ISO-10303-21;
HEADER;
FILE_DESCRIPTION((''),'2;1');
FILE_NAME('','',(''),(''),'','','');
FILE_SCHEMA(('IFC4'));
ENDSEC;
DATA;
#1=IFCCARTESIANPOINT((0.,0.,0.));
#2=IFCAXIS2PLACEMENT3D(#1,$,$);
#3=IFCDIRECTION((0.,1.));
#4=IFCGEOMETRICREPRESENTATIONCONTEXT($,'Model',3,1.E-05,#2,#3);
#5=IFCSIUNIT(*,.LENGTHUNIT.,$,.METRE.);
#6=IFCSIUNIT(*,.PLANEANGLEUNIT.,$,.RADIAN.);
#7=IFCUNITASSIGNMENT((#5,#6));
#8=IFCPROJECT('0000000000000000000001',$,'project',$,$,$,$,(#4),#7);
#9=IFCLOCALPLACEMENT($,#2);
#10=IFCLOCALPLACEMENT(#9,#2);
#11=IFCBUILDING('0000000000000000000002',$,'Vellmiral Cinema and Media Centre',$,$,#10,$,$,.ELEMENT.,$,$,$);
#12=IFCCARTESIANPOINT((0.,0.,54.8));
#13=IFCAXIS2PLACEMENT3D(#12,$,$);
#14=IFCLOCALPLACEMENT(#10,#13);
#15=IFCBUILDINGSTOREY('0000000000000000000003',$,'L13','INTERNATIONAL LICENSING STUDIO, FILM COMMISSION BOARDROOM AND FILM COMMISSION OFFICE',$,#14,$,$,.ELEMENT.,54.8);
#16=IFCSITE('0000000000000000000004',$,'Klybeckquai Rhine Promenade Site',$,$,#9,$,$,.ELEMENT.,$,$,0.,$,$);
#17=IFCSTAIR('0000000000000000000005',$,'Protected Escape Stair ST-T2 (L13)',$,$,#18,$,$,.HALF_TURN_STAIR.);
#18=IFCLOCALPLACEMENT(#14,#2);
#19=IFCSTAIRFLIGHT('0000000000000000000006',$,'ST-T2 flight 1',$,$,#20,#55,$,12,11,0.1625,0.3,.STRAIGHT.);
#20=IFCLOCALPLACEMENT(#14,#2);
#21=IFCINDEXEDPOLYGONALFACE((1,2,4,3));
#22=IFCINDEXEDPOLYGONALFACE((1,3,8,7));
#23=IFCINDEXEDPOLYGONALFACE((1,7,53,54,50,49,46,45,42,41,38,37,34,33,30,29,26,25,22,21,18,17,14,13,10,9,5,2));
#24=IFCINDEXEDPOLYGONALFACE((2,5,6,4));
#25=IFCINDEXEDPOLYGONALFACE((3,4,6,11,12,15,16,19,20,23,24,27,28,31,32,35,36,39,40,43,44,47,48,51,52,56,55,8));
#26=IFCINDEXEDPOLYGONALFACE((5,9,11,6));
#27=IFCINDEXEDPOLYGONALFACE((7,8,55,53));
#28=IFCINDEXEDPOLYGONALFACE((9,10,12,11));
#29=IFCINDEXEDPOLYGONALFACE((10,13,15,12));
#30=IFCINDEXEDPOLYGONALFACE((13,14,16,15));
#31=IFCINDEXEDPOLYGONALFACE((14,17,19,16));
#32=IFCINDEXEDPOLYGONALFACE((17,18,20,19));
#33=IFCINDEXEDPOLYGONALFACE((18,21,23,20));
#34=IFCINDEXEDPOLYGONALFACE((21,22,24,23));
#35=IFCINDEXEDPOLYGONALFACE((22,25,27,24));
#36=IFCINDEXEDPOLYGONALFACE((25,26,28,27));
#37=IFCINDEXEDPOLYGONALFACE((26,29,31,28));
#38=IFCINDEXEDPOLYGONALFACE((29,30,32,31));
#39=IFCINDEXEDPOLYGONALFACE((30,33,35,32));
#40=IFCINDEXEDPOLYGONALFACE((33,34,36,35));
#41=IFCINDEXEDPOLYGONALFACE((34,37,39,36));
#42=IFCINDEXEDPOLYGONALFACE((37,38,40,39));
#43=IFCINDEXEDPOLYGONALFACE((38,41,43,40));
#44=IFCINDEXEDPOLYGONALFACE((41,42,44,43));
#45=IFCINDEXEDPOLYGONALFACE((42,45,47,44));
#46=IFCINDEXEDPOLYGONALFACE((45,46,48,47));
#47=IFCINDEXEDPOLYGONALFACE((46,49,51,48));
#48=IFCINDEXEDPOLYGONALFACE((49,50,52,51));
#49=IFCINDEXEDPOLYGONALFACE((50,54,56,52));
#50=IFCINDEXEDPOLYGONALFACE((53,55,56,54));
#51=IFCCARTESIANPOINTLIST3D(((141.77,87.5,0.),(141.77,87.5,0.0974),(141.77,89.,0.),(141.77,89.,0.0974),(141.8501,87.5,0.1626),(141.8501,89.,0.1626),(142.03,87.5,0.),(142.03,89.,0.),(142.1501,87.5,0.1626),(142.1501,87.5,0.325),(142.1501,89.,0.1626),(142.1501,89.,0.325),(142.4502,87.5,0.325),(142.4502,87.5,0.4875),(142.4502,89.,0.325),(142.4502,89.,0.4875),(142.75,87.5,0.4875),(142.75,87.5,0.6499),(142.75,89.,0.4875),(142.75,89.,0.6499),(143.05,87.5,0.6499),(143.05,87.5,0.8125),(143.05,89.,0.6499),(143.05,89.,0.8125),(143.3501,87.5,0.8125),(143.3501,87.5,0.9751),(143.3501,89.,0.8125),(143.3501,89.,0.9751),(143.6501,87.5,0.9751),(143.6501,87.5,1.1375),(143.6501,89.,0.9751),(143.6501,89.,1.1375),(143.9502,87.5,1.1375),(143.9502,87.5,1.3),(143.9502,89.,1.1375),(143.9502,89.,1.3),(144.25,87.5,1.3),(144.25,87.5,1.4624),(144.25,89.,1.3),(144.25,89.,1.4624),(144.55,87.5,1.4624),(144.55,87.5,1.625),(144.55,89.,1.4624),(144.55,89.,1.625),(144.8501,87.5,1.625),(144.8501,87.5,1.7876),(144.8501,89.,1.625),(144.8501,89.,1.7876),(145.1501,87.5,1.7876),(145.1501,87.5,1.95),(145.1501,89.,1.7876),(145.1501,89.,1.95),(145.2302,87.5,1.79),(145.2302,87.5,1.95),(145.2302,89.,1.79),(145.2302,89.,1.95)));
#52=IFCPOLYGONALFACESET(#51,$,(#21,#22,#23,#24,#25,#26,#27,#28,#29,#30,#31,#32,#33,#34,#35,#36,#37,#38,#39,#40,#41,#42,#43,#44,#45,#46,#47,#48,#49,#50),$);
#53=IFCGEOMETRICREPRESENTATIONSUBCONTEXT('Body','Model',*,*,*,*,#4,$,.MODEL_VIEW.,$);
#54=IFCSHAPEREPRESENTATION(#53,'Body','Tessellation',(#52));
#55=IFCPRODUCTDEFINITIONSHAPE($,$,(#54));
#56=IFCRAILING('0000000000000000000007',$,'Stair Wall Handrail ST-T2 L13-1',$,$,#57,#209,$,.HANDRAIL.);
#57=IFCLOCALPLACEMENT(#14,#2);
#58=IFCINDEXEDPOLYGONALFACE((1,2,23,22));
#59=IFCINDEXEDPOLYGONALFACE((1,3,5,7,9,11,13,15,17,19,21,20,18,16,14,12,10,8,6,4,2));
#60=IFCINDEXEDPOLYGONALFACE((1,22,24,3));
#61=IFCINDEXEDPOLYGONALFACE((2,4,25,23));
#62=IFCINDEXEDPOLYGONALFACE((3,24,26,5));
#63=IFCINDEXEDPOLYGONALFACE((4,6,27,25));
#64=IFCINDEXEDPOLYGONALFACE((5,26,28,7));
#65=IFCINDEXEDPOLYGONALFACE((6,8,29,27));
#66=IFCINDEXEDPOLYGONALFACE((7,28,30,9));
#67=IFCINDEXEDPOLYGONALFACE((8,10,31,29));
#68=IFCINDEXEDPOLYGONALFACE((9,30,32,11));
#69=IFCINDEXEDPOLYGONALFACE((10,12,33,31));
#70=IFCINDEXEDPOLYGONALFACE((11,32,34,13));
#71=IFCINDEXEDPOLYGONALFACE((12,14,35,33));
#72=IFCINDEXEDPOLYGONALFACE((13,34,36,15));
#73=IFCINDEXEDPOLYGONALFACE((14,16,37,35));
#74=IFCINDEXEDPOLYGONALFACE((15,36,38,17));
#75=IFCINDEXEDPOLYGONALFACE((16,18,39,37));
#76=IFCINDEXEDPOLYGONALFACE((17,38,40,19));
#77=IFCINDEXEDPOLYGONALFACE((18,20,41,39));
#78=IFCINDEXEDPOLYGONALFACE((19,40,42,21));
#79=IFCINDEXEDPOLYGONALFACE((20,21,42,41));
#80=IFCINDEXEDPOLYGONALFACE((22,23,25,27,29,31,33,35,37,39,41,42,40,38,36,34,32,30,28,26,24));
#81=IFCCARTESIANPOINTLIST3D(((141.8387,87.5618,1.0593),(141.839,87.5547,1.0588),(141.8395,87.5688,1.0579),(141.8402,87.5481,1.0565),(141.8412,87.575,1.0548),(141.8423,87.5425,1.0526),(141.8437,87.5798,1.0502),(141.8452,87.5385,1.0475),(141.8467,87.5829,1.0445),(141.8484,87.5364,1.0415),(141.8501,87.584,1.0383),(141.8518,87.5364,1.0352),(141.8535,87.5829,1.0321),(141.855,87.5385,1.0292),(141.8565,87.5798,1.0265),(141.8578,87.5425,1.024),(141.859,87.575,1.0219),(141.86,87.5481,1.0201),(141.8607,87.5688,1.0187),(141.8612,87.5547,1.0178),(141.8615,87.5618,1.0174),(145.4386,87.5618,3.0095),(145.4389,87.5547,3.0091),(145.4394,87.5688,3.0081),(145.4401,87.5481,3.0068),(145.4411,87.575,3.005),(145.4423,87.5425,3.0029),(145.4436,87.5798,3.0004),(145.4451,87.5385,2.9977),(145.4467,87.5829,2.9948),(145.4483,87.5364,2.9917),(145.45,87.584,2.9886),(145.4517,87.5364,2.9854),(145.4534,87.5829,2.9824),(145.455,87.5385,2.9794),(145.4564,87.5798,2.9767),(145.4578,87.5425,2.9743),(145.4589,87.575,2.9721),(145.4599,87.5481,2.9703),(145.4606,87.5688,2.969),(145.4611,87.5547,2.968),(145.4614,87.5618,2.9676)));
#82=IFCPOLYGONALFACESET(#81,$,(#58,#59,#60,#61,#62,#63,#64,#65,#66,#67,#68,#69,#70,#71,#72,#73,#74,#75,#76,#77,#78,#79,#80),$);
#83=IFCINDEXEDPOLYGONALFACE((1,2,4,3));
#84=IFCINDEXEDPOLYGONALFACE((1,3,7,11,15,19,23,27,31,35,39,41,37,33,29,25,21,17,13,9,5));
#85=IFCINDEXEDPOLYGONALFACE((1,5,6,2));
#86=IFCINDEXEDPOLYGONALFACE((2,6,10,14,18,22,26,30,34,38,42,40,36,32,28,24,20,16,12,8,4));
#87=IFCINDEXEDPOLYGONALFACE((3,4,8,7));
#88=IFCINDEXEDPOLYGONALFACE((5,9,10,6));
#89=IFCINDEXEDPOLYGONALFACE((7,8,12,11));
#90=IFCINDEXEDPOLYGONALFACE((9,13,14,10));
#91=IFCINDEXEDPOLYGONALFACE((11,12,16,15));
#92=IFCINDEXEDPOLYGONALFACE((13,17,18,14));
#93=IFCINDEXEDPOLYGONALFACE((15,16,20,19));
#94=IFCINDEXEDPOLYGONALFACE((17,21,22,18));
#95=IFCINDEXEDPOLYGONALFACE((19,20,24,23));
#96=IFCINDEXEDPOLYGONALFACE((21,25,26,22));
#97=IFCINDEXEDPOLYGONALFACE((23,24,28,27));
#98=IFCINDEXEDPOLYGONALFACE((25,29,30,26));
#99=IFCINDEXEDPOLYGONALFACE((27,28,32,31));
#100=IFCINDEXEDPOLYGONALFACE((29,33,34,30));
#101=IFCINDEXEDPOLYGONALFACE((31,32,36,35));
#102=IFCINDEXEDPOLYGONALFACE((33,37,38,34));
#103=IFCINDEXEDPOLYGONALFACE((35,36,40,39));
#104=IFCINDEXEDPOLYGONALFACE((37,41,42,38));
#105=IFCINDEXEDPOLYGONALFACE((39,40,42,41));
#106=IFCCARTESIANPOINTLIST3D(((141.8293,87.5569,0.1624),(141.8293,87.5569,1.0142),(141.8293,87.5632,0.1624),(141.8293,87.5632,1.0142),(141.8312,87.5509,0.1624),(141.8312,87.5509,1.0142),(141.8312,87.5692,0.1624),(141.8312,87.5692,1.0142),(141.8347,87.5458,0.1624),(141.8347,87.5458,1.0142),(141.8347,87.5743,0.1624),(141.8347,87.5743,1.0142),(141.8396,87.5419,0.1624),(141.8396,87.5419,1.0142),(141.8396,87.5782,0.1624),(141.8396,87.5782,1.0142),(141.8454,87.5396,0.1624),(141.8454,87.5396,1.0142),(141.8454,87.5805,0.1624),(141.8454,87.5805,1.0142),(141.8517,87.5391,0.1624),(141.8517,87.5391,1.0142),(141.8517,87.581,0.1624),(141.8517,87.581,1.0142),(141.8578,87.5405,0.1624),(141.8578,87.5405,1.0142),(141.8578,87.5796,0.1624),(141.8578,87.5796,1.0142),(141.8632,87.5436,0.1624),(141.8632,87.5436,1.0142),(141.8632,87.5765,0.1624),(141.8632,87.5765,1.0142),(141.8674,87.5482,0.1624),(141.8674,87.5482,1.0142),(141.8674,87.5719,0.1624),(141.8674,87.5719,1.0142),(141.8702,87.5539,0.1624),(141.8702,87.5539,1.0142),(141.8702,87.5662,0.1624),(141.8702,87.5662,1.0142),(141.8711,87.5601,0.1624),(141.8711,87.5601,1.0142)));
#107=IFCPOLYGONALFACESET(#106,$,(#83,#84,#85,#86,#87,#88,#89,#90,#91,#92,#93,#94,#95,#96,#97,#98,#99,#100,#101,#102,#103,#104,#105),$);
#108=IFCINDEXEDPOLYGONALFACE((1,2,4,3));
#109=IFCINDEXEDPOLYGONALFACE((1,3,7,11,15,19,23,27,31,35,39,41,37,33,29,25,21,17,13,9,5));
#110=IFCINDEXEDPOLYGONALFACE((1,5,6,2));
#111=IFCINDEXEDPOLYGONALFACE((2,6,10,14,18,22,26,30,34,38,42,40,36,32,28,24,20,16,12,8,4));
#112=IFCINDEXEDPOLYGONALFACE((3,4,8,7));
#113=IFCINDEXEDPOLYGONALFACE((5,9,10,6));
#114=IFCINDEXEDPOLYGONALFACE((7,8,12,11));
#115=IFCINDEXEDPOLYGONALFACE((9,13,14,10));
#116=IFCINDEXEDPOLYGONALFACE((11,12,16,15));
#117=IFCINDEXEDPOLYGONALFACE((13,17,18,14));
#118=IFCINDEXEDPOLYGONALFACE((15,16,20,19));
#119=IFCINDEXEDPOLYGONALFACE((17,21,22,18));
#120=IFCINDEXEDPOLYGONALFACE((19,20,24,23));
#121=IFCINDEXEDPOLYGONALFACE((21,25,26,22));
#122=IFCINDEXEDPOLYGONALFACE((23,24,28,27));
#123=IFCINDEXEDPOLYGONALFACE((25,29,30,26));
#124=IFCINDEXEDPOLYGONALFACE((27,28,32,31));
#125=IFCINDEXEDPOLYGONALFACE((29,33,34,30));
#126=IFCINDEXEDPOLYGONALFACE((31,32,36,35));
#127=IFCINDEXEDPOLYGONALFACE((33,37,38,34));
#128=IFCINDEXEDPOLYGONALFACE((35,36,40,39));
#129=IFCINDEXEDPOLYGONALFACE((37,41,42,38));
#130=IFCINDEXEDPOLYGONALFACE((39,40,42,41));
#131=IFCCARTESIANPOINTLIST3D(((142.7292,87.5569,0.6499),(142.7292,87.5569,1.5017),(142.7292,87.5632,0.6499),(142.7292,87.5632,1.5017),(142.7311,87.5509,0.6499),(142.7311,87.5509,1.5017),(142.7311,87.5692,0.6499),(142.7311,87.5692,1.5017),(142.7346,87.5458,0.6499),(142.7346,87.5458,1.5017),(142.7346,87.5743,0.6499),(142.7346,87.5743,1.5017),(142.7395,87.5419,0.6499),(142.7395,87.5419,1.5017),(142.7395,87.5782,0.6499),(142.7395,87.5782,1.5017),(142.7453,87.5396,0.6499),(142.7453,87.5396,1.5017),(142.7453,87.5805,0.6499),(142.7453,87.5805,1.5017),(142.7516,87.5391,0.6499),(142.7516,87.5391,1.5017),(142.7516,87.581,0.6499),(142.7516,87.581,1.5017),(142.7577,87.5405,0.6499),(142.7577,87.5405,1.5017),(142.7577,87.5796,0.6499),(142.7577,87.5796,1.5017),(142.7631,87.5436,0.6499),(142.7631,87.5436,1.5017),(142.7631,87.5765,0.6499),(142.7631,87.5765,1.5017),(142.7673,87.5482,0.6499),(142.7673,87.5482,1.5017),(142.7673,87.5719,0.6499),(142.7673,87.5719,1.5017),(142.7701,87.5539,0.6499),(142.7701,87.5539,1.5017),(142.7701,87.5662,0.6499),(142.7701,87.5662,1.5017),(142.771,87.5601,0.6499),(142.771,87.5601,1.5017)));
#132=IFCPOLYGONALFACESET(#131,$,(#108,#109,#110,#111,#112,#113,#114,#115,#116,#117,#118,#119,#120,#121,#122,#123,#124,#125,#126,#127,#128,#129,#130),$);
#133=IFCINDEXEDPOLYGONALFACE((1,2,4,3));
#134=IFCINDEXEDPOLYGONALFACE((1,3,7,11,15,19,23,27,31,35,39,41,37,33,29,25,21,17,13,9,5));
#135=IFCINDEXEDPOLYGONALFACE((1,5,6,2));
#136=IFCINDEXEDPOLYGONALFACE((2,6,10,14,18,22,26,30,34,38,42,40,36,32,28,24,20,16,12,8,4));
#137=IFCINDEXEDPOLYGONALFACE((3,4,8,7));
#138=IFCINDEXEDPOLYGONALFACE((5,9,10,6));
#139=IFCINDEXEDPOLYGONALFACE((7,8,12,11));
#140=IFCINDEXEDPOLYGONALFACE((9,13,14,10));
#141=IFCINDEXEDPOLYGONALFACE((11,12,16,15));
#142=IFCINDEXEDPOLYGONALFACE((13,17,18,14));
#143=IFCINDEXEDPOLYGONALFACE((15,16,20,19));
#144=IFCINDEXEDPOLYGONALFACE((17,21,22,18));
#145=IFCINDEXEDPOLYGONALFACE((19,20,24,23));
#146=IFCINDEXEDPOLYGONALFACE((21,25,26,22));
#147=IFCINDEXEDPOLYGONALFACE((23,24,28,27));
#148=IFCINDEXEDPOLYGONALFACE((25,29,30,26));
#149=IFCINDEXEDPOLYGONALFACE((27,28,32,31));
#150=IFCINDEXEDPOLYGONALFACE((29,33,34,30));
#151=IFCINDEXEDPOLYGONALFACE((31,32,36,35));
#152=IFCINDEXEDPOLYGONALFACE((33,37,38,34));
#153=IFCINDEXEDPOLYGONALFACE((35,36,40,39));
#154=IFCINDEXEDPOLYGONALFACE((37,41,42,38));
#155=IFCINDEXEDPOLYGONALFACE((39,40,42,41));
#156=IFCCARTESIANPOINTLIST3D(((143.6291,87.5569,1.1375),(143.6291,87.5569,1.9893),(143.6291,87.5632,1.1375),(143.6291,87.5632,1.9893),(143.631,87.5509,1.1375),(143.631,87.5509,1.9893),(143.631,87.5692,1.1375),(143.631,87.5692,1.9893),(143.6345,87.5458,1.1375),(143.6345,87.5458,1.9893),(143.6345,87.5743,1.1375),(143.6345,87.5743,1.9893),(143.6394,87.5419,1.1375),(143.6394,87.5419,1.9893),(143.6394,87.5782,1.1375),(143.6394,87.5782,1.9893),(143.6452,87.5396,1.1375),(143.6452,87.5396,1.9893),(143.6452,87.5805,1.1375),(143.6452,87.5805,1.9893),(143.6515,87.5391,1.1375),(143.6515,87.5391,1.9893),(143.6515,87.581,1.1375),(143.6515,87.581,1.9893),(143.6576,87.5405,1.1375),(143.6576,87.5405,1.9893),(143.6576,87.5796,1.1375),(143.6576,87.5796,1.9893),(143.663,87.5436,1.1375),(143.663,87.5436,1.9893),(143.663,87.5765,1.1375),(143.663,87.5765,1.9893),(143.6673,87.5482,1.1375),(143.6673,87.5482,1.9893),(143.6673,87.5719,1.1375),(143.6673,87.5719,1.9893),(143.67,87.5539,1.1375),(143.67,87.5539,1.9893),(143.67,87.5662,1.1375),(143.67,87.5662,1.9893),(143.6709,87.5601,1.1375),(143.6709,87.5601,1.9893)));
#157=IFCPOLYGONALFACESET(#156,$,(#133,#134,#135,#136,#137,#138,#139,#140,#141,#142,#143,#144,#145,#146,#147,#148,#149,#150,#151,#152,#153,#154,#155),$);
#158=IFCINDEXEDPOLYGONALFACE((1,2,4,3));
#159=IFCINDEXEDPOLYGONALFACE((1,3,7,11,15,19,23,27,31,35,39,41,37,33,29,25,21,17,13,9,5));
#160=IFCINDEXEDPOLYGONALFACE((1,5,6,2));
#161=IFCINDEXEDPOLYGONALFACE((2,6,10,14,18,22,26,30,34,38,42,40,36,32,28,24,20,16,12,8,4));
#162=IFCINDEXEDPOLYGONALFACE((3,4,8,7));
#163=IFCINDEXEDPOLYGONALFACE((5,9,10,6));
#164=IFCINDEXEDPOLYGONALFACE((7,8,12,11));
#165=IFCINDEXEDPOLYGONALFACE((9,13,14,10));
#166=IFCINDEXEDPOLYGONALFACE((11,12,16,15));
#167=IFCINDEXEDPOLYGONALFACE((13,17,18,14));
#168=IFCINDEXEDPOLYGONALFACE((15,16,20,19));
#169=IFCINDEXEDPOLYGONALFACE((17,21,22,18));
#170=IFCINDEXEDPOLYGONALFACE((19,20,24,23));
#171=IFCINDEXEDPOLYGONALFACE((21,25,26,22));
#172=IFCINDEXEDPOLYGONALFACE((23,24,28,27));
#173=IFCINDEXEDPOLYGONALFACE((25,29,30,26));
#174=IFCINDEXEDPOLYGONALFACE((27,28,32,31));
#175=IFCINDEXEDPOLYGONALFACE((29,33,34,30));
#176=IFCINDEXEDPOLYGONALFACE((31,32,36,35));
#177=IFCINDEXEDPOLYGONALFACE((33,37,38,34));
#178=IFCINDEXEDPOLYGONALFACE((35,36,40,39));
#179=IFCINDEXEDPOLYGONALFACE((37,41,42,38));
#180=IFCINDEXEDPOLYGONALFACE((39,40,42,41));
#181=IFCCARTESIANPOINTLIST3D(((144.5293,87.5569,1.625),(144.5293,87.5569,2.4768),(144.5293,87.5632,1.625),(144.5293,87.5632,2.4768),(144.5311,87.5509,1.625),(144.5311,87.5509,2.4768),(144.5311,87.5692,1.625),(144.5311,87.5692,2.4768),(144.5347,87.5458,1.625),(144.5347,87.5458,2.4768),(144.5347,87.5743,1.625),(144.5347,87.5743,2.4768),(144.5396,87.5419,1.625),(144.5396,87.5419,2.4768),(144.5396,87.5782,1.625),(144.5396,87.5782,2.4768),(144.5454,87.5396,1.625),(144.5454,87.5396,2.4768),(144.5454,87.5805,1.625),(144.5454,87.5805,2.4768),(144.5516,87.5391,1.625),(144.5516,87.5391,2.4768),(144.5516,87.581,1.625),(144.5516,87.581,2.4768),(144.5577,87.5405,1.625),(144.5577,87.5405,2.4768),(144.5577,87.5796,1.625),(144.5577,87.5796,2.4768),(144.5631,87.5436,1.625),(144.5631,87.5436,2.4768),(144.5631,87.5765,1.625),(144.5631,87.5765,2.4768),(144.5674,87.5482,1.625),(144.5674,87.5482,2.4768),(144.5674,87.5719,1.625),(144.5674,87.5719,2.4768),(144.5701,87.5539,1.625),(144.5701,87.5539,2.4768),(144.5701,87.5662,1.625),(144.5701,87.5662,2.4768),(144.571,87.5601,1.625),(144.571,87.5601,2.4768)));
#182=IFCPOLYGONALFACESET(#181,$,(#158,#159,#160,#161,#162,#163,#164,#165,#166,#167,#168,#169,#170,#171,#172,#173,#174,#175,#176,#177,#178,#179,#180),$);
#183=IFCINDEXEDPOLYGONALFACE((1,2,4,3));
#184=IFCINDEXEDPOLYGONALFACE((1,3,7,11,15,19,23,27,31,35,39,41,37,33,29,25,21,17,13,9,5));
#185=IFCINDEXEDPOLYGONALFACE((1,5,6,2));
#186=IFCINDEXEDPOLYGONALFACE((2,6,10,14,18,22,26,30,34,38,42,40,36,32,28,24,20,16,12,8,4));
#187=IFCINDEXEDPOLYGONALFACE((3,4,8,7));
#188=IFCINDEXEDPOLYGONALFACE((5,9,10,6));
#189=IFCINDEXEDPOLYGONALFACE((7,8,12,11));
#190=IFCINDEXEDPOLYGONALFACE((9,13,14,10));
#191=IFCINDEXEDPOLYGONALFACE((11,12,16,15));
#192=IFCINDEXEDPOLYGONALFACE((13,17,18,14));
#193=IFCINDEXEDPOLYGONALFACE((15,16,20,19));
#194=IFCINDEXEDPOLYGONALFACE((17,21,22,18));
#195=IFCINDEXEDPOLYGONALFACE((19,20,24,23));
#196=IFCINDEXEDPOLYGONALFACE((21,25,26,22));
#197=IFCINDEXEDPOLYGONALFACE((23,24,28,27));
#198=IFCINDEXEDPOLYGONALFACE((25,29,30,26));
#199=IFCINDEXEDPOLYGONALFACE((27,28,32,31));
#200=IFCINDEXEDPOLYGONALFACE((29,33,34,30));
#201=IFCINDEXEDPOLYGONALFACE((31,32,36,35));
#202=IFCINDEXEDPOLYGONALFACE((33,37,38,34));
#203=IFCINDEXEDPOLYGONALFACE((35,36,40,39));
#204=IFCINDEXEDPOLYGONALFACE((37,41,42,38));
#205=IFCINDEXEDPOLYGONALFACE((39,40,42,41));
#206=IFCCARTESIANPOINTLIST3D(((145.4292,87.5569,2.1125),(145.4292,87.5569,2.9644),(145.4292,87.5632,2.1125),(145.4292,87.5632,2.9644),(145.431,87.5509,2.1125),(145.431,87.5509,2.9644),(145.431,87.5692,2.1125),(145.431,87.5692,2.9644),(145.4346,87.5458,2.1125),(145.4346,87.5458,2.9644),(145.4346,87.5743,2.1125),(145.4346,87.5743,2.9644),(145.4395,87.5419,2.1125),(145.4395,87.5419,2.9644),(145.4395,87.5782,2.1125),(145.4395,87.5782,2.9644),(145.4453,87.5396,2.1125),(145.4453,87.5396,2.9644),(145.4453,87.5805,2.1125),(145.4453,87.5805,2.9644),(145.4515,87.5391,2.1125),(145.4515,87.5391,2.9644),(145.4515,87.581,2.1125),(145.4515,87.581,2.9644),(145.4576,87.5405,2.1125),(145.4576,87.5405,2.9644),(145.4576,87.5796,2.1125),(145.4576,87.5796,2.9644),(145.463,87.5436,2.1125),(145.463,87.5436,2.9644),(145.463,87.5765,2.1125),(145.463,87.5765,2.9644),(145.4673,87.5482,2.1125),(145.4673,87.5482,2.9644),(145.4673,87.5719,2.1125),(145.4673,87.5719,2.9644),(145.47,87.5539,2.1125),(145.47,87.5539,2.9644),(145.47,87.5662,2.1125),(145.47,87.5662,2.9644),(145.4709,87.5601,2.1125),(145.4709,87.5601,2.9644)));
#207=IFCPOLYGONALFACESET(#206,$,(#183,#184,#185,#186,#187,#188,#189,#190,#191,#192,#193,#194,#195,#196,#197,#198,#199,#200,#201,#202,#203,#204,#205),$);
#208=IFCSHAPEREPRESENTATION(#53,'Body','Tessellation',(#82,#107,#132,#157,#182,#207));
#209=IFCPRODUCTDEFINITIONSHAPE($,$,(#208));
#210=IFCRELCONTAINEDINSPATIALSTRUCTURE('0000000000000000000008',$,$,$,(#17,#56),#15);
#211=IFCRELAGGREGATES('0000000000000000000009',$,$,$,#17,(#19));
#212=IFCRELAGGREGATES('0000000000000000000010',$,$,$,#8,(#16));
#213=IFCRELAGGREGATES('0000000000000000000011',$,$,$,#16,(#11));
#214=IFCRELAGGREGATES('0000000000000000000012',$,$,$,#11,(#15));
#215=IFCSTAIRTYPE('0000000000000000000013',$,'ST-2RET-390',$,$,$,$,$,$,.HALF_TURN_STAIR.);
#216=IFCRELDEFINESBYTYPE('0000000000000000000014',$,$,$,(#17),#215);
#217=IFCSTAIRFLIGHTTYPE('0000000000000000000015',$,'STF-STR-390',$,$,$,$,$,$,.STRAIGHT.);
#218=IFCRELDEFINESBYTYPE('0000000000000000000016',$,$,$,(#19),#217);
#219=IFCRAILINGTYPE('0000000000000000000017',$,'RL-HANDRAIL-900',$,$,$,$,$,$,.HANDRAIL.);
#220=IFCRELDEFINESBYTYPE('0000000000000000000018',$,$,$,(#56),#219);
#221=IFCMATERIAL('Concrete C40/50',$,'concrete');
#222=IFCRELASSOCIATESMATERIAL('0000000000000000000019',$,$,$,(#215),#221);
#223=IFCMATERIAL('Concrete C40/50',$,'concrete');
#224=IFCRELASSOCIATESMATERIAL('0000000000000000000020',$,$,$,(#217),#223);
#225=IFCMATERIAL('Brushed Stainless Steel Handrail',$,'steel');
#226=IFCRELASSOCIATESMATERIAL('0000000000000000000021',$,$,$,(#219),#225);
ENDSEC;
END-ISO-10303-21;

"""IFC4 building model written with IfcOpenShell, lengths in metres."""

from ifc_helpers import new_model, si_unit, direction, frame, origin, origin_2d, place, context, subcontext, project, spatial, polyline, circle, outline, extrude, material, type_object, element, aggregate, save


model = new_model("IFC4")

# Units and contexts
model_context = context("Model", 3, precision=1e-05, world=origin(), true_north=direction((0.0, 1.0)))
body_context = subcontext(model_context, "Body", "Model", "MODEL_VIEW")
ifc_project = project(units=[si_unit("LENGTHUNIT", "METRE"), si_unit("PLANEANGLEUNIT", "RADIAN")], contexts=[model_context])

# Site, building, storey
site_placement = place(None, origin())
site = spatial("IfcSite", under=ifc_project, at=site_placement, Name="Klybeckquai Rhine Promenade Site", CompositionType="ELEMENT", RefElevation=0.0)
building_placement = place(site_placement, origin())
building = spatial("IfcBuilding", under=site, at=building_placement, Name="Vellmiral Cinema and Media Centre", CompositionType="ELEMENT")
storey_placement = place(building_placement, frame((0.0, 0.0, 54.8)))
storey = spatial("IfcBuildingStorey", under=building, at=storey_placement, Name="L13", Description="INTERNATIONAL LICENSING STUDIO, FILM COMMISSION BOARDROOM AND FILM COMMISSION OFFICE", CompositionType="ELEMENT", Elevation=54.8)

# Stair, stair flight
ifc_material_1 = material(Name="Concrete C40/50", Category="concrete")
stair_type = type_object("IfcStairType", Name="ST-2RET-390", PredefinedType="HALF_TURN_STAIR", material=ifc_material_1)
stair_placement = place(storey_placement, origin())
stair = element("IfcStair", 1, at=stair_placement, inside=storey, type_object=stair_type, Name="Protected Escape Stair ST-T2 (L13)", PredefinedType="HALF_TURN_STAIR")
ifc_material_2 = material(Name="Concrete C40/50", Category="concrete")
stair_flight_type = type_object("IfcStairFlightType", Name="STF-STR-390", PredefinedType="STRAIGHT", material=ifc_material_2)
stair_flight_placement = place(storey_placement, frame((141.8501, 88.25, 0.0), z_axis=(0.0, 0.0, 1.0), x_axis=(1.0, 0.0, 0.0)))
stair_flight = element("IfcStairFlight", 2, at=stair_flight_placement, type_object=stair_flight_type, Name="ST-T2 flight 1", NumberOfRisers=12, NumberOfTreads=11, PredefinedType="STRAIGHT", RiserHeight=0.1625, TreadLength=0.3, context=body_context, shape_type="SweptSolid", body=[
    extrude(outline(polyline([(-0.0801, 0.0), (-0.0801, 0.0974), (0.0, 0.1626), (0.3, 0.1626), (0.3, 0.325), (0.6001, 0.325), (0.6001, 0.4875), (0.8999, 0.4875), (0.8999, 0.6499), (1.2, 0.6499), (1.2, 0.8125), (1.5, 0.8125), (1.5, 0.9751), (1.8, 0.9751), (1.8, 1.1375), (2.1001, 1.1375), (2.1001, 1.3), (2.3999, 1.3), (2.3999, 1.4624), (2.7, 1.4624), (2.7, 1.625), (3.0, 1.625), (3.0, 1.7876), (3.3, 1.7876), (3.3, 1.95), (3.3801, 1.95), (3.3801, 1.79), (0.1799, 0.0), (-0.0801, 0.0)])), frame((0.0, 0.75, 0.0), z_axis=(0.0, -1.0, 0.0), x_axis=(1.0, 0.0, 0.0)), (0.0, 0.0, 1.0), 1.5),
])
aggregate(stair, [stair_flight])

# Railing
ifc_material_3 = material(Name="Brushed Stainless Steel Handrail", Category="steel")
railing_type = type_object("IfcRailingType", Name="RL-HANDRAIL-900", PredefinedType="HANDRAIL", material=ifc_material_3)
railing_placement = place(storey_placement, frame((141.8501, 87.5601, 0.1624)))
element("IfcRailing", 3, at=railing_placement, inside=storey, type_object=railing_type, Name="Stair Wall Handrail ST-T2 L13-1", PredefinedType="HANDRAIL", context=body_context, shape_type="SweptSolid", body=[
    extrude(circle(Radius=0.0239, at=origin_2d()), frame((0.0, 0.0, 0.876), z_axis=(0.879264, 0.0, 0.476335), x_axis=(0.0, 1.0, 0.0)), (0.0, 0.0, 1.0), 4.0942),
    extrude(circle(Radius=0.021, at=origin_2d()), origin(), (0.0, 0.0, 1.0), 0.8518),
    extrude(circle(Radius=0.021, at=origin_2d()), frame((0.8999, 0.0, 0.4875)), (0.0, 0.0, 1.0), 0.8518),
    extrude(circle(Radius=0.021, at=origin_2d()), frame((1.7998, 0.0, 0.9751)), (0.0, 0.0, 1.0), 0.8518),
    extrude(circle(Radius=0.021, at=origin_2d()), frame((2.7, 0.0, 1.4626)), (0.0, 0.0, 1.0), 0.8518),
    extrude(circle(Radius=0.021, at=origin_2d()), frame((3.5999, 0.0, 1.9502)), (0.0, 0.0, 1.0), 0.8518),
])

save(model, "model.ifc")
